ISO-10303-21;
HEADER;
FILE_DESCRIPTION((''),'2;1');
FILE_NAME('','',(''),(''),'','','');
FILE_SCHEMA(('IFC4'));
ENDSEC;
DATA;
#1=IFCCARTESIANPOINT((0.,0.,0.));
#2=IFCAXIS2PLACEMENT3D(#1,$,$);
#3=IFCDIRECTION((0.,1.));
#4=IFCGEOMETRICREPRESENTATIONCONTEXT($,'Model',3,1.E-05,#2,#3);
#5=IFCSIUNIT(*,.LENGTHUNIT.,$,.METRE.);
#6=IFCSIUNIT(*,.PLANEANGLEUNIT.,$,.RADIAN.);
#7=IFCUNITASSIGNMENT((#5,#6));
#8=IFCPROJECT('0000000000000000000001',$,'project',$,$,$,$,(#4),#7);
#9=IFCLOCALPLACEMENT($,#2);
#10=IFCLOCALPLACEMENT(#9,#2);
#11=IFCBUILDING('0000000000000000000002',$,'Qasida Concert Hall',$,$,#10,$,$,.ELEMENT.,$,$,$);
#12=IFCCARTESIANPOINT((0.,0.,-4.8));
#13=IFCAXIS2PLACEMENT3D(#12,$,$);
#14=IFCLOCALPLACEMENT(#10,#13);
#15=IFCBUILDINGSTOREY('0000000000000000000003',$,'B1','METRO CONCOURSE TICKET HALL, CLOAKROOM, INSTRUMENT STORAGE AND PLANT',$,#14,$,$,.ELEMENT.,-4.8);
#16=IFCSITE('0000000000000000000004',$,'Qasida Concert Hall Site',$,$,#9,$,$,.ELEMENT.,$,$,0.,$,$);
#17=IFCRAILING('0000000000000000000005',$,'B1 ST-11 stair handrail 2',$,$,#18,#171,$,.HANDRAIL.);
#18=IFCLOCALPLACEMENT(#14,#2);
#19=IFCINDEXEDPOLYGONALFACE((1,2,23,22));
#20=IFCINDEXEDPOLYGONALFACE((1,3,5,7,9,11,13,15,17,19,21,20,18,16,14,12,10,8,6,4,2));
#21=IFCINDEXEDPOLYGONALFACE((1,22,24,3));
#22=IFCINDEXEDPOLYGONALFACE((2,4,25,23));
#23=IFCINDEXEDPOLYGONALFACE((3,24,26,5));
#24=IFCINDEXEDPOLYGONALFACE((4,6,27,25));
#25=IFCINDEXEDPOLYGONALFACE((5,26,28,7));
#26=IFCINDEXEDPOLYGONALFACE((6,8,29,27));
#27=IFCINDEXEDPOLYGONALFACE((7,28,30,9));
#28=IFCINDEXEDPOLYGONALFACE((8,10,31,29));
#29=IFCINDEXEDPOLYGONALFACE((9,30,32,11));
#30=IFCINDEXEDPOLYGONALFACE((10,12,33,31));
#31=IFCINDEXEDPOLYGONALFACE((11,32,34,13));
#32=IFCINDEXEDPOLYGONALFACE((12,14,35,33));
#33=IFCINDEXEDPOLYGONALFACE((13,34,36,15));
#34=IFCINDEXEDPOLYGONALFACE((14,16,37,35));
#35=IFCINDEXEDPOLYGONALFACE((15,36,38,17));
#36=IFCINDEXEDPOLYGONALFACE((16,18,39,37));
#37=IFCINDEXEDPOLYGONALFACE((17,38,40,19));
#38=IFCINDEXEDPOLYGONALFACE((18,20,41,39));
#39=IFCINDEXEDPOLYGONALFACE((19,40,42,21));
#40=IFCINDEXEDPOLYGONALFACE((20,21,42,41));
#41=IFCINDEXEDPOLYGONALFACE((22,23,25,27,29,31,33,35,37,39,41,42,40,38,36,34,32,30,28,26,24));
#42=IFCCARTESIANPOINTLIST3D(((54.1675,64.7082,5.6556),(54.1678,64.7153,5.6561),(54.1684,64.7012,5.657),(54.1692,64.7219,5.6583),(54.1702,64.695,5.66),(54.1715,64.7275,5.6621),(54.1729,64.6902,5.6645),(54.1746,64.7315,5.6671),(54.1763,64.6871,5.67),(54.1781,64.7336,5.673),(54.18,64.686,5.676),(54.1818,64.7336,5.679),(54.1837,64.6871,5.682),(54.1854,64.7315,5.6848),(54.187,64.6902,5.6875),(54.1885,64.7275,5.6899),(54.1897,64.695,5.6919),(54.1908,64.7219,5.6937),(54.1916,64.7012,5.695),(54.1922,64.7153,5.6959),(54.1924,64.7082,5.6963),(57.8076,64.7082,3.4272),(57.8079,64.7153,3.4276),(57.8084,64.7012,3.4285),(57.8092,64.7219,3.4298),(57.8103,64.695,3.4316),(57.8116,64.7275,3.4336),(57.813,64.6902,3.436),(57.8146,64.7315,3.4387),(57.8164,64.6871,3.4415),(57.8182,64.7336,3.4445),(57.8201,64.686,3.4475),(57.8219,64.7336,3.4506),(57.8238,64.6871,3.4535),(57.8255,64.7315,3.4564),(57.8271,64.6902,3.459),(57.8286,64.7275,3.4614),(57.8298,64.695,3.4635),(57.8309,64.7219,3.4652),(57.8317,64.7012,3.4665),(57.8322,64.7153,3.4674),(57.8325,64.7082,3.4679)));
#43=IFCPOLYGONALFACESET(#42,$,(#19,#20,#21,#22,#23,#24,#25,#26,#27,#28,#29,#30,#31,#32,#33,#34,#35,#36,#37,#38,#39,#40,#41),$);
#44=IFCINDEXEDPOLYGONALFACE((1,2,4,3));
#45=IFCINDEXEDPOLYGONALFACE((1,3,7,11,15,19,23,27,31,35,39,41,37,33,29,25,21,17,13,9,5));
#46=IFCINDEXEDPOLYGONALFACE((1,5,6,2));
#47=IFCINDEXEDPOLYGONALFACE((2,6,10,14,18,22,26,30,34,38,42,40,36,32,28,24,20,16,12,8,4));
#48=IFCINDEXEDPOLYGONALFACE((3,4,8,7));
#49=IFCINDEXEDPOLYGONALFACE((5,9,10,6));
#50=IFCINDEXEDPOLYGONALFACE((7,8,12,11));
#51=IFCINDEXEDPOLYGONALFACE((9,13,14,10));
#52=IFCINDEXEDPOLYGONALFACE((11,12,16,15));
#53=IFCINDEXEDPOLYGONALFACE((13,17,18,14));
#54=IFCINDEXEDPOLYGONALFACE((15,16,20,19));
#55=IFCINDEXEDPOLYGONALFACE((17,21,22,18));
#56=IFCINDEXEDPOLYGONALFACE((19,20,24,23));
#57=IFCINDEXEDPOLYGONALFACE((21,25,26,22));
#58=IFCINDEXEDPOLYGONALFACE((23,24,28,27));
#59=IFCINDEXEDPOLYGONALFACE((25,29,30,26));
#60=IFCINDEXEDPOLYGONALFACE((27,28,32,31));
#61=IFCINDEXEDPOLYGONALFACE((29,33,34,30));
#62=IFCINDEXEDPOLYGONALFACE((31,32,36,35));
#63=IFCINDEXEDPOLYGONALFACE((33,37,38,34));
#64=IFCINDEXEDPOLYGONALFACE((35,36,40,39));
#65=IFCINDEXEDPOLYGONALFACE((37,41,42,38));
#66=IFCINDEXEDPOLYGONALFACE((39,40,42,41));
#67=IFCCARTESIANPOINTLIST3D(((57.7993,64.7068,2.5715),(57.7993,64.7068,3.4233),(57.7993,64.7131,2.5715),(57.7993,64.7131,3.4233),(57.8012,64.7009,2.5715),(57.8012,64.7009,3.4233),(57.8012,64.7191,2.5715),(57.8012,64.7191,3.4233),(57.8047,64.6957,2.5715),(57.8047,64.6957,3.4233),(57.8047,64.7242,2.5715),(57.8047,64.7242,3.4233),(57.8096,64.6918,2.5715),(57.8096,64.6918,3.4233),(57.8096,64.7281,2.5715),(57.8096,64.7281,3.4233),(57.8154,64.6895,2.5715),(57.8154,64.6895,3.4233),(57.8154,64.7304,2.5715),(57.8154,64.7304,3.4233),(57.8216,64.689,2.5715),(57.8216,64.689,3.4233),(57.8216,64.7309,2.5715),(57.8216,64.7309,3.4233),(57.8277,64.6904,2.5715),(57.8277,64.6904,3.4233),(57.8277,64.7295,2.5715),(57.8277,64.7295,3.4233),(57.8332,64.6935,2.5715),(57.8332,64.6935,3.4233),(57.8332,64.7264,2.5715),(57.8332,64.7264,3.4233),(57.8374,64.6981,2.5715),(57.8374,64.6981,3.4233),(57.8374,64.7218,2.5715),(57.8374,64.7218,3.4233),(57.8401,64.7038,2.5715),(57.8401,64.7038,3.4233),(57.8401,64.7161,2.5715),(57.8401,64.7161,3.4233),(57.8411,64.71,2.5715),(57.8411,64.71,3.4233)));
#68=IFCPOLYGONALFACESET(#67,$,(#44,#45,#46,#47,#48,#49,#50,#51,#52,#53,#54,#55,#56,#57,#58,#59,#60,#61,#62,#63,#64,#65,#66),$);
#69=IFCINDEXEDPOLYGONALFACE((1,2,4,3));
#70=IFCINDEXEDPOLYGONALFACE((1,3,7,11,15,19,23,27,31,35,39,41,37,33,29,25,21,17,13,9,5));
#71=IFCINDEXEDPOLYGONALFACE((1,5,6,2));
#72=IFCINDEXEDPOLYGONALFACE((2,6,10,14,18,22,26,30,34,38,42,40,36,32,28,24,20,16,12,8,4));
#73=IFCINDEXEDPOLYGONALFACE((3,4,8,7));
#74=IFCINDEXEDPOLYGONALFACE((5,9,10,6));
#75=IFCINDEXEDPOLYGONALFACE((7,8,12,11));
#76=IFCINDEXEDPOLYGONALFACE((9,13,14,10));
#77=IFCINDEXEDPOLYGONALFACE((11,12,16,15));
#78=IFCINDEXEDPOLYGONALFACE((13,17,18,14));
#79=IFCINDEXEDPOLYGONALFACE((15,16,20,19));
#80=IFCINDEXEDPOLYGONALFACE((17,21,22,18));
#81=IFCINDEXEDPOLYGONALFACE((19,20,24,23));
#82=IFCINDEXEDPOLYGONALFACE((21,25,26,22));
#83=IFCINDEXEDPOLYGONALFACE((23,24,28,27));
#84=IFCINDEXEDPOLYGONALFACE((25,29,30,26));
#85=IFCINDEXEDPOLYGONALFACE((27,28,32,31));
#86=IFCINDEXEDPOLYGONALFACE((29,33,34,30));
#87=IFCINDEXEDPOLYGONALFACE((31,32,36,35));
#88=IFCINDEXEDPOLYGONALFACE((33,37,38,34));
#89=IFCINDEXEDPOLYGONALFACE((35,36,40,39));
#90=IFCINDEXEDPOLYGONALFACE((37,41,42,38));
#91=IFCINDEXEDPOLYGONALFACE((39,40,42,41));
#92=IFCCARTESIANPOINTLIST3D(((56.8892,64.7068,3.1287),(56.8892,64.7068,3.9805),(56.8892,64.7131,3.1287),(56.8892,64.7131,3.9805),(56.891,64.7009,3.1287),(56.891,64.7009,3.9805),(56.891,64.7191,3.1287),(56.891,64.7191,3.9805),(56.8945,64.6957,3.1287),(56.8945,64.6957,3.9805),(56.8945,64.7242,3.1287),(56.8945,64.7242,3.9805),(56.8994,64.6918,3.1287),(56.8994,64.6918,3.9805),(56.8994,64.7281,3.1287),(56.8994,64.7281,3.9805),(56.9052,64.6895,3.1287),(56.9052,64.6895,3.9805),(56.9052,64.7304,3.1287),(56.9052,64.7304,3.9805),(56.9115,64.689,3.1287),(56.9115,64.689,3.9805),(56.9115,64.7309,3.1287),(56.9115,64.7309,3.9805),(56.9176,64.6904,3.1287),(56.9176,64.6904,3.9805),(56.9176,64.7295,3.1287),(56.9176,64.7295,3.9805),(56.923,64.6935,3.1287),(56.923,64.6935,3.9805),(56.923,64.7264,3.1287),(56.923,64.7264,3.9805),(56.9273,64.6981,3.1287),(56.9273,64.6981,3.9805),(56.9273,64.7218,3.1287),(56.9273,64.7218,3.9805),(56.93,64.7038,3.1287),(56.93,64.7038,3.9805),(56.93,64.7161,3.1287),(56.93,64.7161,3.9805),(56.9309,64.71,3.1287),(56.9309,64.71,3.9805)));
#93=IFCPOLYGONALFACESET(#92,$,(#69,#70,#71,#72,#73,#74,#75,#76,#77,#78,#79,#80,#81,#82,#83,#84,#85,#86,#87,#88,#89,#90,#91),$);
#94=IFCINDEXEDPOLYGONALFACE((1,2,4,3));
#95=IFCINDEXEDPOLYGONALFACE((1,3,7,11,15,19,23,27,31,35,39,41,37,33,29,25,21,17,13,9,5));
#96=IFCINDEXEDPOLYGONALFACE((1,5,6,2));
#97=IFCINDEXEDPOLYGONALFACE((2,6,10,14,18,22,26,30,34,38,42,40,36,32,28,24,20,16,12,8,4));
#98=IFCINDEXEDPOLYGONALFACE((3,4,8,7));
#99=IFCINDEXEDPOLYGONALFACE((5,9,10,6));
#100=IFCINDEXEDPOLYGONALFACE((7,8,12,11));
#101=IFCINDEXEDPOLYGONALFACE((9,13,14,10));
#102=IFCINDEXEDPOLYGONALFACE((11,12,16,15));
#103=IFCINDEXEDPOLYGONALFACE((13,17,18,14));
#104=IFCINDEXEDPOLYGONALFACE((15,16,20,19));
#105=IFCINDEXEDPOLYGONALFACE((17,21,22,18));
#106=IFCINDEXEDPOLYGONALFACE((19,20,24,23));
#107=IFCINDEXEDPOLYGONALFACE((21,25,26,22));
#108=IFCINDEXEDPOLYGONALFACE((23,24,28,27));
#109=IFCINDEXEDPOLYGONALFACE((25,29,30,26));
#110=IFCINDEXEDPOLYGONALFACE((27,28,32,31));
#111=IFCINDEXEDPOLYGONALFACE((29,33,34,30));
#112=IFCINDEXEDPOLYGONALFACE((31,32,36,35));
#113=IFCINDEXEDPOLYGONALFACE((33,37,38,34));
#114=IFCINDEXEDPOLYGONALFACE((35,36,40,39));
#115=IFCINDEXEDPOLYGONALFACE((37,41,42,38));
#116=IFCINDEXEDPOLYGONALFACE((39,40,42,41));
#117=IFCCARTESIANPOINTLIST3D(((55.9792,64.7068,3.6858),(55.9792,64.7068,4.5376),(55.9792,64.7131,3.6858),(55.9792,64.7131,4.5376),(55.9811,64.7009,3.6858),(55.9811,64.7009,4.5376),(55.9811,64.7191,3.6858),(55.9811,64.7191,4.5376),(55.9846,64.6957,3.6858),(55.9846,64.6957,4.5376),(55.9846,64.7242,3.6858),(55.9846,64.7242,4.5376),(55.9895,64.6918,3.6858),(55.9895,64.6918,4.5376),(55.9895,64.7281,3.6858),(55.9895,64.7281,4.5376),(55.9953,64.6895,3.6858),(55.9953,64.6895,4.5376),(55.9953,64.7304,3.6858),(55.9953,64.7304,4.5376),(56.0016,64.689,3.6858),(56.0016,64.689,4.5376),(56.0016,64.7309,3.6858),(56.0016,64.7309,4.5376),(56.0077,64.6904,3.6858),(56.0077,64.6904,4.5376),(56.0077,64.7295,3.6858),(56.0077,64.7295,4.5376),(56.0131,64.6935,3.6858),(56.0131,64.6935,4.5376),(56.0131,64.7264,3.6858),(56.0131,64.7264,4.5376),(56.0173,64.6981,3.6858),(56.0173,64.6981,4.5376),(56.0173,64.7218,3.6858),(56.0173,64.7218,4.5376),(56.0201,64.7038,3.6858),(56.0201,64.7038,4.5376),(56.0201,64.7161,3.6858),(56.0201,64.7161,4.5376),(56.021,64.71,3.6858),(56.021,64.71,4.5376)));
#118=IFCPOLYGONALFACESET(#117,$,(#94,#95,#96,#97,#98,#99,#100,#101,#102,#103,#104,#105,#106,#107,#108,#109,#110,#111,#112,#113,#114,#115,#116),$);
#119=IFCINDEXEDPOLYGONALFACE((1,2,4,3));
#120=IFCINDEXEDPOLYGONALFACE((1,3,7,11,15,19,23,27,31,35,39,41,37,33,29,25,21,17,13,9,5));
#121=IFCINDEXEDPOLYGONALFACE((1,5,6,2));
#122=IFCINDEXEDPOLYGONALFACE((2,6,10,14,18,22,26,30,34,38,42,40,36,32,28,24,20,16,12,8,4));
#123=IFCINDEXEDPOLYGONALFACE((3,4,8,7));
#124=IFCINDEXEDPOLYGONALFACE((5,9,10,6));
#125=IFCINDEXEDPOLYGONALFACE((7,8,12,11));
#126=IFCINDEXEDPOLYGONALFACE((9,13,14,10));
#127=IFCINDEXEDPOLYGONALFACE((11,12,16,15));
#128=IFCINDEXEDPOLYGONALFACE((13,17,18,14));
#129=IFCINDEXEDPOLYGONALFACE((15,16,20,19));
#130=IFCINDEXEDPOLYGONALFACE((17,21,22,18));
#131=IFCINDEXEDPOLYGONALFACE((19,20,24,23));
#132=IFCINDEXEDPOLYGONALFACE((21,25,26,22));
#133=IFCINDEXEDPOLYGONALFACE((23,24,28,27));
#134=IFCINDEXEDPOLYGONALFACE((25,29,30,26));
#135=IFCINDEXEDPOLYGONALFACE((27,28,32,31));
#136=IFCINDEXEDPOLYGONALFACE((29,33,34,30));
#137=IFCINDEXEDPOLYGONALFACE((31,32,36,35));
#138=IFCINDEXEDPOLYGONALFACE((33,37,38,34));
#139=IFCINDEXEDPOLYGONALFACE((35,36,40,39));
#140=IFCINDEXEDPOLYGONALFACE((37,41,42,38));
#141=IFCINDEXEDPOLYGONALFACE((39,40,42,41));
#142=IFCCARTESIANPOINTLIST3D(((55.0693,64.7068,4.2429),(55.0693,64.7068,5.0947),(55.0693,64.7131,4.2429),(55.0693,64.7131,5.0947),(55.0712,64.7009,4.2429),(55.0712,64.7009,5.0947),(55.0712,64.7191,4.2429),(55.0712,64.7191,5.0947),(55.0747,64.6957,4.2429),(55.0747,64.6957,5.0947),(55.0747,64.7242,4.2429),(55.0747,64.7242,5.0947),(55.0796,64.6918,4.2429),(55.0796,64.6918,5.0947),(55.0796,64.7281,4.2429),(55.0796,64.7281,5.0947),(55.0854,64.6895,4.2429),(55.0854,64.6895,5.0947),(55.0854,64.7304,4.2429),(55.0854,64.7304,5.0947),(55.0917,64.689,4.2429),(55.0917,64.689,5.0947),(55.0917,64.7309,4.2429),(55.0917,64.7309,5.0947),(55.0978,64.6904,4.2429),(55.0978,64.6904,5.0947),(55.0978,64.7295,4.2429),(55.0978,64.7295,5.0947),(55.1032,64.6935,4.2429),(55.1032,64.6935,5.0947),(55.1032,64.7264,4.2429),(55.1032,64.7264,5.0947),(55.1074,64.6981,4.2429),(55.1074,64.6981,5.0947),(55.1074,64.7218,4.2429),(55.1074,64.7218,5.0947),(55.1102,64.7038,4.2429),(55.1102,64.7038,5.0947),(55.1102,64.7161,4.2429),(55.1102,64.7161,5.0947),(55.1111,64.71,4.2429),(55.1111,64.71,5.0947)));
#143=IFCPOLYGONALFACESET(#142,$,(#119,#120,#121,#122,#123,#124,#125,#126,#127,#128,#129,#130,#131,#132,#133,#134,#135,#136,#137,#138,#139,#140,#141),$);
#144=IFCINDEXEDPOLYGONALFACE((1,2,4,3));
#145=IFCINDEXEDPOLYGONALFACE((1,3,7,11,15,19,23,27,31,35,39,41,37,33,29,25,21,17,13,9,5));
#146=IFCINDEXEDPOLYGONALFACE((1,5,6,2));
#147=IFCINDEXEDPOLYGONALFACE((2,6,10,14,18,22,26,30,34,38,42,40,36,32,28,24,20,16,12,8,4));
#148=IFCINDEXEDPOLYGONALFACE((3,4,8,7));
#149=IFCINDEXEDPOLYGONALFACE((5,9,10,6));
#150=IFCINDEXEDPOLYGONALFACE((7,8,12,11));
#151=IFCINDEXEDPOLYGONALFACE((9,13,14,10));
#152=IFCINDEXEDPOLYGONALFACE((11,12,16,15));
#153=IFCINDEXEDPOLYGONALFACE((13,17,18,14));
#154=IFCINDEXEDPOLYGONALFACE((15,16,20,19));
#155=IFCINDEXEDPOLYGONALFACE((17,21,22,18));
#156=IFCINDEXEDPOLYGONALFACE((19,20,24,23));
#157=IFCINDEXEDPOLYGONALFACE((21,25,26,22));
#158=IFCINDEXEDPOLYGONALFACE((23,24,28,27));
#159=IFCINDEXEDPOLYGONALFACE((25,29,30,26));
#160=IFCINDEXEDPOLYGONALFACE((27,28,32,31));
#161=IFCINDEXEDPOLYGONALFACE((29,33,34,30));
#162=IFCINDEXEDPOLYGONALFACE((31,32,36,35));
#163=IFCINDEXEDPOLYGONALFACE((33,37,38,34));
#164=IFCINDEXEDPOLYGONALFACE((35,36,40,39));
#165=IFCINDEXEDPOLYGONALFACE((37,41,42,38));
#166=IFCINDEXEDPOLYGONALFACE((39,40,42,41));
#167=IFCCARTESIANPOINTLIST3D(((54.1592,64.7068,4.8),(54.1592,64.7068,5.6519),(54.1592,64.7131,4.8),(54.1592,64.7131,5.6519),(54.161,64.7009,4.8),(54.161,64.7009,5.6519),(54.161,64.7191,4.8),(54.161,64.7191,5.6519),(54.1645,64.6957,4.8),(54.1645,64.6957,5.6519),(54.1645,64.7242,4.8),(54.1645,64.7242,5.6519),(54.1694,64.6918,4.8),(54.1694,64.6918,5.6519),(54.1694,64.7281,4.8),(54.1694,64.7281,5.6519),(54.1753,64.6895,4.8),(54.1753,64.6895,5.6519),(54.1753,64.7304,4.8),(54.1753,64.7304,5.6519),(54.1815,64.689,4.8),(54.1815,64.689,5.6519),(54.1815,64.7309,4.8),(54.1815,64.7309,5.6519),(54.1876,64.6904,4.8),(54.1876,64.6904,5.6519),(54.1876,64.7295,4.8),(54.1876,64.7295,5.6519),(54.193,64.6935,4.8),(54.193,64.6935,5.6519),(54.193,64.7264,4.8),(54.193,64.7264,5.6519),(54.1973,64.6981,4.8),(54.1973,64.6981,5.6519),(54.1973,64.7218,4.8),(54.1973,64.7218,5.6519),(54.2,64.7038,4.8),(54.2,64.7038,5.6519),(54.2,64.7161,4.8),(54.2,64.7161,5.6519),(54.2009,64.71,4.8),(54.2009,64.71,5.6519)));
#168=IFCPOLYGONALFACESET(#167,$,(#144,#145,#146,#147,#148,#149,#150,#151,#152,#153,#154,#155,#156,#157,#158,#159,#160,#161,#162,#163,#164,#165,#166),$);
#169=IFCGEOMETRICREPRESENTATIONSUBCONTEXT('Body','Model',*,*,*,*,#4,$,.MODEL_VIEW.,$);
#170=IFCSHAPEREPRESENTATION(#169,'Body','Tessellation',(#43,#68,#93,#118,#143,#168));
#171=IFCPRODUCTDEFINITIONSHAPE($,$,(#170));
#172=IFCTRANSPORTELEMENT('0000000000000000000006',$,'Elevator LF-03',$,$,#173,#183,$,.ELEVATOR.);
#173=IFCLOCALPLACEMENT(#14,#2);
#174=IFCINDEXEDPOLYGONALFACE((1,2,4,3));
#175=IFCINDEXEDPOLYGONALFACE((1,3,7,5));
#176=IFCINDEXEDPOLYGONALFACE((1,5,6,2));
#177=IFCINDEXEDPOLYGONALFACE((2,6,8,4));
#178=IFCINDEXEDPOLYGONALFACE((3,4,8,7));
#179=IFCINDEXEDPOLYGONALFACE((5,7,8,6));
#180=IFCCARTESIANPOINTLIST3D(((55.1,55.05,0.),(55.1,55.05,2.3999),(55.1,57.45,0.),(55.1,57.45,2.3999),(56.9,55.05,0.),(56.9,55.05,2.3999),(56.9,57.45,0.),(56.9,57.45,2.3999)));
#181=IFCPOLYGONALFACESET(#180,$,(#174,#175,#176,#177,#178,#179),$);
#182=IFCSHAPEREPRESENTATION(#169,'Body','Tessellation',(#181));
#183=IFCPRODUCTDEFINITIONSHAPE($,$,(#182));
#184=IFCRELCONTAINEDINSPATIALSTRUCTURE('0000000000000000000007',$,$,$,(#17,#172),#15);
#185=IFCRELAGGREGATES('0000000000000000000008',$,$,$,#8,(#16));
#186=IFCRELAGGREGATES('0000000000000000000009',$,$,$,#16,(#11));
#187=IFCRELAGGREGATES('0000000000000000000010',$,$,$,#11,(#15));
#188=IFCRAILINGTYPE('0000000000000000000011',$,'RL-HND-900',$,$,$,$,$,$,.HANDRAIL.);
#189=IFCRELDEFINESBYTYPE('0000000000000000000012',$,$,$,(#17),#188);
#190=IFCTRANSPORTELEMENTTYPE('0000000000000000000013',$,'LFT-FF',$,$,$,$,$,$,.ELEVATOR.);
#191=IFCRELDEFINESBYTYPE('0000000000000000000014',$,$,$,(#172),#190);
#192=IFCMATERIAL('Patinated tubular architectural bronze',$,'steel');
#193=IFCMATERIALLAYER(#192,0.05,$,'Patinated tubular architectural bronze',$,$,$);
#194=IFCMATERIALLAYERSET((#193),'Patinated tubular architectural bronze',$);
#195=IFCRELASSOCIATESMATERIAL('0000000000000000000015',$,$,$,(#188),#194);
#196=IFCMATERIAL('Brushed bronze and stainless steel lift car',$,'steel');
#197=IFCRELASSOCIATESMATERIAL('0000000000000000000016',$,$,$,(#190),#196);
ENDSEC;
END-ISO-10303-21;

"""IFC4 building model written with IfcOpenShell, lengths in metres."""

from ifc_helpers import new_model, si_unit, direction, frame, origin, origin_2d, place, context, subcontext, project, spatial, rectangle, circle, extrude, material, layer, layer_set, type_object, element, save


model = new_model("IFC4")

# Units and contexts
model_context = context("Model", 3, precision=1e-05, world=origin(), true_north=direction((0.0, 1.0)))
body_context = subcontext(model_context, "Body", "Model", "MODEL_VIEW")
ifc_project = project(units=[si_unit("LENGTHUNIT", "METRE"), si_unit("PLANEANGLEUNIT", "RADIAN")], contexts=[model_context])

# Site, building, storey
site_placement = place(None, origin())
site = spatial("IfcSite", under=ifc_project, at=site_placement, Name="Qasida Concert Hall Site", CompositionType="ELEMENT", RefElevation=0.0)
building_placement = place(site_placement, origin())
building = spatial("IfcBuilding", under=site, at=building_placement, Name="Qasida Concert Hall", CompositionType="ELEMENT")
storey_placement = place(building_placement, frame((0.0, 0.0, -4.8)))
storey = spatial("IfcBuildingStorey", under=building, at=storey_placement, Name="B1", Description="METRO CONCOURSE TICKET HALL, CLOAKROOM, INSTRUMENT STORAGE AND PLANT", CompositionType="ELEMENT", Elevation=-4.8)

# Railing
ifc_material_1 = material(Name="Patinated tubular architectural bronze", Category="steel")
ifc_layer_1 = layer(ifc_material_1, 0.05, Name="Patinated tubular architectural bronze")
ifc_layer_set_1 = layer_set([ifc_layer_1], Name="Patinated tubular architectural bronze")
railing_type_1 = type_object("IfcRailingType", Name="RL-HND-900", PredefinedType="HANDRAIL", material=ifc_layer_set_1)
railing_1_placement = place(storey_placement, frame((57.8201, 64.71, 2.5715)))
element("IfcRailing", 1, at=railing_1_placement, inside=storey, type_object=railing_type_1, Name="B1 ST-11 stair handrail 2", PredefinedType="HANDRAIL", context=body_context, shape_type="SweptSolid", body=[
    extrude(circle(Radius=0.0239, at=origin_2d()), frame((0.0, 0.0, 0.876), z_axis=(-0.852866, 0.0, 0.52213), x_axis=(0.0, -1.0, 0.0)), (0.0, 0.0, 1.0), 4.2681),
    extrude(circle(Radius=0.021, at=origin_2d()), origin(), (0.0, 0.0, 1.0), 0.8518),
    extrude(circle(Radius=0.021, at=origin_2d()), frame((-0.9102, 0.0, 0.5571)), (0.0, 0.0, 1.0), 0.8518),
    extrude(circle(Radius=0.021, at=origin_2d()), frame((-1.8201, 0.0, 1.1143)), (0.0, 0.0, 1.0), 0.8518),
    extrude(circle(Radius=0.021, at=origin_2d()), frame((-2.73, 0.0, 1.6714)), (0.0, 0.0, 1.0), 0.8518),
    extrude(circle(Radius=0.021, at=origin_2d()), frame((-3.6401, 0.0, 2.2285)), (0.0, 0.0, 1.0), 0.8518),
])

# Transport element
ifc_material_2 = material(Name="Brushed bronze and stainless steel lift car", Category="steel")
transport_element_type = type_object("IfcTransportElementType", Name="LFT-FF", PredefinedType="ELEVATOR", material=ifc_material_2)
transport_element_placement = place(storey_placement, frame((56.0, 56.25, 0.0), z_axis=(0.0, 0.0, 1.0), x_axis=(1.0, 0.0, 0.0)))
element("IfcTransportElement", 2, at=transport_element_placement, inside=storey, type_object=transport_element_type, Name="Elevator LF-03", PredefinedType="ELEVATOR", context=body_context, shape_type="SweptSolid", body=[
    extrude(rectangle(XDim=1.8, YDim=2.3999, at=origin_2d()), origin(), (0.0, 0.0, 1.0), 2.3999),
])

save(model, "model.ifc")
